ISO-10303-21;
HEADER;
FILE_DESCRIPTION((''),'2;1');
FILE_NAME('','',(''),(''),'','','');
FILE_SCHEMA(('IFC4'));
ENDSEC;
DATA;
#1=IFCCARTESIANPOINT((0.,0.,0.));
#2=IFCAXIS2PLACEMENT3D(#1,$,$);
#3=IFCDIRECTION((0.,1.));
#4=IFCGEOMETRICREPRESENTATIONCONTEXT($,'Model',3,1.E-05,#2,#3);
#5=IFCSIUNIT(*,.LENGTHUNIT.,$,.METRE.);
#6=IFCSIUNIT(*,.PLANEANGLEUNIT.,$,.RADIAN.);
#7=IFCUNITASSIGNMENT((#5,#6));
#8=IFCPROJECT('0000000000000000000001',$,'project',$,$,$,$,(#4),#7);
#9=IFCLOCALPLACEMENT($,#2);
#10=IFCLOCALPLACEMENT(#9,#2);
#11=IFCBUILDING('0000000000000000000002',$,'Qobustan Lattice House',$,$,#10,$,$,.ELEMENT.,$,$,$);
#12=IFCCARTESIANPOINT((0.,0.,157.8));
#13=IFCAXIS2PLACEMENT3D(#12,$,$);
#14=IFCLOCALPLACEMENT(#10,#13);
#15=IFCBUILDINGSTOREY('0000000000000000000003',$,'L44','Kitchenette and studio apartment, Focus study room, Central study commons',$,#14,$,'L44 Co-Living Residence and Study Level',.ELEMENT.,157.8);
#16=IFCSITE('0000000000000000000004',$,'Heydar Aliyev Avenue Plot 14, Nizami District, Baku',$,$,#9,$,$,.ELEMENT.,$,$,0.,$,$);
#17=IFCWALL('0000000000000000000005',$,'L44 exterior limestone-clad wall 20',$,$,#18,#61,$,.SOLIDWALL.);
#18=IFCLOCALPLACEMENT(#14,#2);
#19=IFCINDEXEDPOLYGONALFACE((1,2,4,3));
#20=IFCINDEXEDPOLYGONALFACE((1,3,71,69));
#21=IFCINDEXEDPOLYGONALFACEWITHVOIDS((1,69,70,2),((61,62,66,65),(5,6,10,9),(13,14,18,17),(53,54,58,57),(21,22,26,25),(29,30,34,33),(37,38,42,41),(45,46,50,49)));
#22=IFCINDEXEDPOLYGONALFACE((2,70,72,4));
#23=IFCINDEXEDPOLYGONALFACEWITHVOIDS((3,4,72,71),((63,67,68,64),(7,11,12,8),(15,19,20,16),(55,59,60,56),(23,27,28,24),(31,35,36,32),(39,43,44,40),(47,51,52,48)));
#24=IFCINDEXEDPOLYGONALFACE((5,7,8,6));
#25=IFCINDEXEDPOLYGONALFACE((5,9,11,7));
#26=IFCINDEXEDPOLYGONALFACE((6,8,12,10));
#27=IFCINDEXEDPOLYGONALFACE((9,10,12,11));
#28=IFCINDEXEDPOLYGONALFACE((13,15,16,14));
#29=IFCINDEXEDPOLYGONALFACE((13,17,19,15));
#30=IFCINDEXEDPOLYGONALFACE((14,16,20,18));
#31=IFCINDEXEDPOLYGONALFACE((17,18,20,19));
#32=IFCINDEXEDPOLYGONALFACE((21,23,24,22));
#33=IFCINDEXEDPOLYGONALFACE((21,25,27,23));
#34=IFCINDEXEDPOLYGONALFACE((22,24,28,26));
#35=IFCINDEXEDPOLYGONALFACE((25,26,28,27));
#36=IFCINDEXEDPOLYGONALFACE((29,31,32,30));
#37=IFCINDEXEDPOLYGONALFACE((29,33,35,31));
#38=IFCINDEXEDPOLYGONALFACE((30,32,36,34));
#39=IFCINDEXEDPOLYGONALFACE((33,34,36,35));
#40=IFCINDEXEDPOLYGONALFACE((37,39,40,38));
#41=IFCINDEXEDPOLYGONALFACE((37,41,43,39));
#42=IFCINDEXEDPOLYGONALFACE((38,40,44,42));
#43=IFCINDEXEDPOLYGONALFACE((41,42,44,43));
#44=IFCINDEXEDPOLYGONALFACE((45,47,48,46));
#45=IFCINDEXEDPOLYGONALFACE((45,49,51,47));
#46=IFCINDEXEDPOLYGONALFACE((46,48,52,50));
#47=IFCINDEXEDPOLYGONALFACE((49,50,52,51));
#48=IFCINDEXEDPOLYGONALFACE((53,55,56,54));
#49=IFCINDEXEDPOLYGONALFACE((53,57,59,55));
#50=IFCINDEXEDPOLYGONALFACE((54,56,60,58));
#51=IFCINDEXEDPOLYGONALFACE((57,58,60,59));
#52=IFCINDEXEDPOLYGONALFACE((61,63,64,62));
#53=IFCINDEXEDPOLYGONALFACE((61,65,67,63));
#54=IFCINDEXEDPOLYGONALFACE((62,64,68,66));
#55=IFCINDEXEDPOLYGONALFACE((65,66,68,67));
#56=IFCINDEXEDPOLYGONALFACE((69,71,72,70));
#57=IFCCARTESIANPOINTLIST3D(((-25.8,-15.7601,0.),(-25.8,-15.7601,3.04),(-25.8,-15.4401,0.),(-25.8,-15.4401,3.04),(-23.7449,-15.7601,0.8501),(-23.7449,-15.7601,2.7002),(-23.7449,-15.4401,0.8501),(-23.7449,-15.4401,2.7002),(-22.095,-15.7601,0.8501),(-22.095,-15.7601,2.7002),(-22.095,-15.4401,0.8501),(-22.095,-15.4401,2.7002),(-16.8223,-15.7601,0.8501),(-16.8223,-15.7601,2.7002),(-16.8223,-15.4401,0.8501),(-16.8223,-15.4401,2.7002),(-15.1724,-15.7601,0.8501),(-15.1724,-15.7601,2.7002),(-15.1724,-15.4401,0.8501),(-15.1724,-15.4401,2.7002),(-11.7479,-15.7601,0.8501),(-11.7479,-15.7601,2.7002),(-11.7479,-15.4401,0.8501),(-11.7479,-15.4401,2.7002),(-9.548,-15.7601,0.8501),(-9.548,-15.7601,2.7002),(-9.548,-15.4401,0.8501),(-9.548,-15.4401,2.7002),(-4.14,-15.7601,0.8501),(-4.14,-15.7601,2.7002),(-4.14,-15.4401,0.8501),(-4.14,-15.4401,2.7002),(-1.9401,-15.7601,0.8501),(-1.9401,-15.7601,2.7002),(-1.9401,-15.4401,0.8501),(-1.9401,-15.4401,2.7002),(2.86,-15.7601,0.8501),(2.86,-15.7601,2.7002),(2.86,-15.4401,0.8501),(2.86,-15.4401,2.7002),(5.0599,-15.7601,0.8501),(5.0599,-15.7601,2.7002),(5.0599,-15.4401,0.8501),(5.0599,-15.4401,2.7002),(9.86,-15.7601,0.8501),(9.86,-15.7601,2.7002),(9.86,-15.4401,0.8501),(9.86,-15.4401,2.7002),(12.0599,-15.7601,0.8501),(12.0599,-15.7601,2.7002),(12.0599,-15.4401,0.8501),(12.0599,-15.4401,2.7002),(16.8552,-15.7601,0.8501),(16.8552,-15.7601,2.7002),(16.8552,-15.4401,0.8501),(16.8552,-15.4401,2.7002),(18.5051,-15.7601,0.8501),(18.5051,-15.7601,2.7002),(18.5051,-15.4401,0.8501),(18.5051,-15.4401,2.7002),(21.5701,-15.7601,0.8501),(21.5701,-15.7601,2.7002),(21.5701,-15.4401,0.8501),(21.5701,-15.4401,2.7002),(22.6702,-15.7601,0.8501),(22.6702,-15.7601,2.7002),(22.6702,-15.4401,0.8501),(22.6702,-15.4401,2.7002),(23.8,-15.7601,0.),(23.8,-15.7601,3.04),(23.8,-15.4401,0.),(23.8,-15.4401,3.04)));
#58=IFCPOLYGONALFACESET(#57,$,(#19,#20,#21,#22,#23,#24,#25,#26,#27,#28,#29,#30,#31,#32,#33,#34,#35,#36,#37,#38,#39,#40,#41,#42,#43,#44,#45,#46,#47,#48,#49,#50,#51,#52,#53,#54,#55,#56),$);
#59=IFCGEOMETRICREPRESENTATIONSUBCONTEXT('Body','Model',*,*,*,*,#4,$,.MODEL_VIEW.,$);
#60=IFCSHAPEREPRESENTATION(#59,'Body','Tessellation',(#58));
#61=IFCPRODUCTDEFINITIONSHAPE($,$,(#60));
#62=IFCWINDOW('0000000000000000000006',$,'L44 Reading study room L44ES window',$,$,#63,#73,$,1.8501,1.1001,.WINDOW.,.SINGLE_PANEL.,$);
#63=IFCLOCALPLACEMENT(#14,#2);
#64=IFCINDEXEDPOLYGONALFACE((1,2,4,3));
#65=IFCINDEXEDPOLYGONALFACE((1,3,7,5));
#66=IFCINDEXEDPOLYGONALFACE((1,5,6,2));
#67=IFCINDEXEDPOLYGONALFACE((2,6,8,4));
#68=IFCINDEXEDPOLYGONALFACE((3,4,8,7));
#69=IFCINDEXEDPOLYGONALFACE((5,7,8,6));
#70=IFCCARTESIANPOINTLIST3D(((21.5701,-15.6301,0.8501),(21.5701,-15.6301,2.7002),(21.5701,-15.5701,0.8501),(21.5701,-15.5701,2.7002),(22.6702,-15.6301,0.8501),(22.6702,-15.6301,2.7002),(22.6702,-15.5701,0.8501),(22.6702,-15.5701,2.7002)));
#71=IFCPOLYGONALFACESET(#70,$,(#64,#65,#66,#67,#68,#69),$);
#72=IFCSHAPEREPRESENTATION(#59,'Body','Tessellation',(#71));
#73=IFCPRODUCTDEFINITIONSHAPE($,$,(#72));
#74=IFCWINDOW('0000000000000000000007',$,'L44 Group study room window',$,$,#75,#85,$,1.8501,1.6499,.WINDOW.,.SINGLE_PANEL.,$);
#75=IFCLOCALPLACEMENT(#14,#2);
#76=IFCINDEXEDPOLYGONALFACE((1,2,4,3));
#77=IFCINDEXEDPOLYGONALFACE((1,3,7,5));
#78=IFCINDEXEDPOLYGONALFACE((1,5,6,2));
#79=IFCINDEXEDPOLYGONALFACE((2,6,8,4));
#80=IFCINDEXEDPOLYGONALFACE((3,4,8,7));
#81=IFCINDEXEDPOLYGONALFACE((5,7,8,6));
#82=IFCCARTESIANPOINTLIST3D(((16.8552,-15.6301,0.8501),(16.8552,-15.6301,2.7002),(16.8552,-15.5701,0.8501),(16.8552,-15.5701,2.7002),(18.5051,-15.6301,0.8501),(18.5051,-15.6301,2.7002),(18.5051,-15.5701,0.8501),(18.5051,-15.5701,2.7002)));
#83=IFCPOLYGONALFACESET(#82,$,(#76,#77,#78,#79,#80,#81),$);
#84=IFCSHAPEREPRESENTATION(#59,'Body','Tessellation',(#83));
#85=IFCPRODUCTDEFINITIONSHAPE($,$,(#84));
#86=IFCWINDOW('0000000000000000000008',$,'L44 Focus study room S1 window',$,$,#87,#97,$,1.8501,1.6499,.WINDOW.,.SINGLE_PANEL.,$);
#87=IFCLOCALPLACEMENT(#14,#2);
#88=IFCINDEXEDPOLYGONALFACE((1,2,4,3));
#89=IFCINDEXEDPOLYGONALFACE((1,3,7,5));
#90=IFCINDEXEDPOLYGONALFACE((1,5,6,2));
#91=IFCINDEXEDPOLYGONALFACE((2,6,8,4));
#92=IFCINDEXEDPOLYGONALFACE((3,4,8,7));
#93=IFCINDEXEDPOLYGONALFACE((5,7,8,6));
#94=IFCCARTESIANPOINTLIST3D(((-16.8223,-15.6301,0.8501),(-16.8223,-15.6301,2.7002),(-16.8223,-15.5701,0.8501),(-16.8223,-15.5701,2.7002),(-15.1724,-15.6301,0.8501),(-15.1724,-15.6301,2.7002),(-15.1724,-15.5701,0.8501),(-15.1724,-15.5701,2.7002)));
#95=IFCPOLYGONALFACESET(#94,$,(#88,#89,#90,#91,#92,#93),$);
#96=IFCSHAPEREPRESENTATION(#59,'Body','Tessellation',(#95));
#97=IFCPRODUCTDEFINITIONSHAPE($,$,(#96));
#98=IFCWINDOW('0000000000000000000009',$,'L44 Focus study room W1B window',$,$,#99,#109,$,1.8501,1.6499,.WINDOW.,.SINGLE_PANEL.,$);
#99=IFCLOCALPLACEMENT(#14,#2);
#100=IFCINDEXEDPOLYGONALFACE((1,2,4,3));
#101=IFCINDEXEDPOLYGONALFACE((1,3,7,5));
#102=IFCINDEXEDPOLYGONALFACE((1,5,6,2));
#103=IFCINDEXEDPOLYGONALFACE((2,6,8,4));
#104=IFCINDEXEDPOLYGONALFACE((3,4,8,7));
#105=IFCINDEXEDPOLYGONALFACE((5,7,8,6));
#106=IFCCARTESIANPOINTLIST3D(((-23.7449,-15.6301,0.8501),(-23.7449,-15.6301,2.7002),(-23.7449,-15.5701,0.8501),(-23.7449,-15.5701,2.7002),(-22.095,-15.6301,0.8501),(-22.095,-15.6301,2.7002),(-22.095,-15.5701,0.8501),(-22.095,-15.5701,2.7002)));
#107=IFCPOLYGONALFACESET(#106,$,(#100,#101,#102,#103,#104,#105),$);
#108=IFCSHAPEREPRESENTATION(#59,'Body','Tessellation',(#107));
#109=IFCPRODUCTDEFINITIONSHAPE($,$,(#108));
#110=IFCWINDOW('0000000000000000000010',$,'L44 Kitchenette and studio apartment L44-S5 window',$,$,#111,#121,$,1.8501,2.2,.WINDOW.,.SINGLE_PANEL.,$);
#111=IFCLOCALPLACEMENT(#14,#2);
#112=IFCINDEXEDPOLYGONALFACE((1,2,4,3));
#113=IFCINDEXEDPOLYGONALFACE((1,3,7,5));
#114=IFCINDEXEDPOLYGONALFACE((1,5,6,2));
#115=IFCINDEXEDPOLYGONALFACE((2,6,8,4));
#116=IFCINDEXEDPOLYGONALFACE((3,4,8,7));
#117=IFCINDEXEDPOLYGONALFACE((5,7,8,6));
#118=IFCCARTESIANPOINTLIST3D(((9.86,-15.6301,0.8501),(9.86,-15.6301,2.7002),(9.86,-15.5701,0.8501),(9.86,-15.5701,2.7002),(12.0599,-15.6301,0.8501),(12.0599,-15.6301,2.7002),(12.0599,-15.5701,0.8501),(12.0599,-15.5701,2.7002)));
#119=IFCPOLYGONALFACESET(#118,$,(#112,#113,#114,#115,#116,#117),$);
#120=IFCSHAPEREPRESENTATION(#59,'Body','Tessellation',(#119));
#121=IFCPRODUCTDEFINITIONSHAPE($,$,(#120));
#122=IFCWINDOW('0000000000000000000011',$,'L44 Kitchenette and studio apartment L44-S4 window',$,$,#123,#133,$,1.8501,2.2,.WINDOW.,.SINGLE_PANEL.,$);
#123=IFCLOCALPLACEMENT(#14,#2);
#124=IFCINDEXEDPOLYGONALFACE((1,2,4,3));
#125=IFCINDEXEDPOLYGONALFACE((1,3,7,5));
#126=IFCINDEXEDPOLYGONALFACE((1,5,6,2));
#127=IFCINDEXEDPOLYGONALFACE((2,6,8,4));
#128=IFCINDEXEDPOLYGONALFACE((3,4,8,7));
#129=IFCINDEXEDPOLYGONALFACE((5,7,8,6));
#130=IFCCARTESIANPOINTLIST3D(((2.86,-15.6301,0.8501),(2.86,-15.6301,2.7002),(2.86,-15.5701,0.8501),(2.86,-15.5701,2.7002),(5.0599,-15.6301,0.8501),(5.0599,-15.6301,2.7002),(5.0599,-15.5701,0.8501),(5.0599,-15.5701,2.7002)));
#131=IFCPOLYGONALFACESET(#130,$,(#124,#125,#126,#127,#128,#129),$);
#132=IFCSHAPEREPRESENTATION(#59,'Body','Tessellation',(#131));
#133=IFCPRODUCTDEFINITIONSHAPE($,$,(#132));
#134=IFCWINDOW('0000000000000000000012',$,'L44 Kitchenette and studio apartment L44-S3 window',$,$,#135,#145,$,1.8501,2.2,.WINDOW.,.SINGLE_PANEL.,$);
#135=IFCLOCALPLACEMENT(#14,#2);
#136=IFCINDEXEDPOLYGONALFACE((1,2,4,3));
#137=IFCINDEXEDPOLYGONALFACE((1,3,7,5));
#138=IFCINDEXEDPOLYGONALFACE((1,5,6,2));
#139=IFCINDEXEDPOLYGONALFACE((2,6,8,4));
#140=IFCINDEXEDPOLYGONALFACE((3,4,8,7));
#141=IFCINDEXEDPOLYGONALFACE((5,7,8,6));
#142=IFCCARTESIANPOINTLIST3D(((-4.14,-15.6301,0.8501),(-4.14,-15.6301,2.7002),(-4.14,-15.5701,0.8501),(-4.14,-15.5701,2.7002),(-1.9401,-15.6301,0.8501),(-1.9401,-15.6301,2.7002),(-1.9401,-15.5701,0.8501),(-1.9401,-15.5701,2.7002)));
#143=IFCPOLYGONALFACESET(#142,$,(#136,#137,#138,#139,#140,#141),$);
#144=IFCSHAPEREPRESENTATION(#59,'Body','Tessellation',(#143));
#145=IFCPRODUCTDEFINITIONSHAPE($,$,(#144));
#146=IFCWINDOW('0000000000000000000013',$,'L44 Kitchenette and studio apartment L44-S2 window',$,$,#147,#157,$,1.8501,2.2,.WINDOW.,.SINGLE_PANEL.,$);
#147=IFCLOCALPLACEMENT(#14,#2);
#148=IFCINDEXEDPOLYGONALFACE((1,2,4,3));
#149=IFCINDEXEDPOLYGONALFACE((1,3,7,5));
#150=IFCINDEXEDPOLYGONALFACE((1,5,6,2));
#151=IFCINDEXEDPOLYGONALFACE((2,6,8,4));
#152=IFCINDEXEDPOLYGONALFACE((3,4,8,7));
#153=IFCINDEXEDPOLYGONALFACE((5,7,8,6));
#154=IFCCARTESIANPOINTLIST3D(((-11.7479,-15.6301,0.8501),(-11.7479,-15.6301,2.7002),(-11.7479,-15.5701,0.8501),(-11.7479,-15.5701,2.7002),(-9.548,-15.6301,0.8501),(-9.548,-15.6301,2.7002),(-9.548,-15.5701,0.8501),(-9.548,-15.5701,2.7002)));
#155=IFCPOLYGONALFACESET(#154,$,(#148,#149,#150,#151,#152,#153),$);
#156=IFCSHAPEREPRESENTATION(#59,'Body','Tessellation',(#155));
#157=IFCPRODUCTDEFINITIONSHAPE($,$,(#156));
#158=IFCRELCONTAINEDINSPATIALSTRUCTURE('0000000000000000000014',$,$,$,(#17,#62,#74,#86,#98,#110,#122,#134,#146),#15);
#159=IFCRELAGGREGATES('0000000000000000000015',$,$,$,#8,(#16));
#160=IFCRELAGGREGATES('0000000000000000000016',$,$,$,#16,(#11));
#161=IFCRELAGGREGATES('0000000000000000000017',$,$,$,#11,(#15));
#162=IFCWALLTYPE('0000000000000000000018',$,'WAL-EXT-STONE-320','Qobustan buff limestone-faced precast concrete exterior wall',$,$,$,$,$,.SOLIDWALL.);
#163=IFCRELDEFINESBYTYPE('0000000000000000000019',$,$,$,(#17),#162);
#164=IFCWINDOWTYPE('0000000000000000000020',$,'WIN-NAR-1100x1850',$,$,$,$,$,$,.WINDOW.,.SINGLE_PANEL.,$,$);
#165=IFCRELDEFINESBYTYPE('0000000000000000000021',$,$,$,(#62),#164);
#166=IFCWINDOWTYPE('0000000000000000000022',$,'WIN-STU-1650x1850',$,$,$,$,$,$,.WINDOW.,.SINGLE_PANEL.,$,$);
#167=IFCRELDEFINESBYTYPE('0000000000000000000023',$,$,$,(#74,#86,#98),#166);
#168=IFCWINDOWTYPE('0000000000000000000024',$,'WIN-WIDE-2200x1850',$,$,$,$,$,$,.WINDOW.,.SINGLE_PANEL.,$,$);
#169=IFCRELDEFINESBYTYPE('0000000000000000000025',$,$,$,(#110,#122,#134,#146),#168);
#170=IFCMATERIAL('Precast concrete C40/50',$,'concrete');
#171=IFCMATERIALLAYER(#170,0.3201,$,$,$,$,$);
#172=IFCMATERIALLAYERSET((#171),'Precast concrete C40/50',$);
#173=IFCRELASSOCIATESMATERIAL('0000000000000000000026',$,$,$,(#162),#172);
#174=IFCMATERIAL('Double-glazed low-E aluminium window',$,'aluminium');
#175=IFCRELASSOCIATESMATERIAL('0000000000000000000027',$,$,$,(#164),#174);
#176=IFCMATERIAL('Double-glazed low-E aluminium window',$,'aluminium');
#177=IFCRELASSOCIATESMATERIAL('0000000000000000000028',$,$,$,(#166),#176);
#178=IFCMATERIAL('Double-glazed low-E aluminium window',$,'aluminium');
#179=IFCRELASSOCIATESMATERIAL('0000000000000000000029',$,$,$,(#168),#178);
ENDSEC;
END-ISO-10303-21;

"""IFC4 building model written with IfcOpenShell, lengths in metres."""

from ifc_helpers import new_model, si_unit, direction, frame, frame_2d, origin, place, context, subcontext, project, spatial, rectangle, extrude, material, layer, layer_set, type_object, element, fill, save


model = new_model("IFC4")

# Units and contexts
model_context = context("Model", 3, precision=1e-05, world=origin(), true_north=direction((0.0, 1.0)))
body_context = subcontext(model_context, "Body", "Model", "MODEL_VIEW")
ifc_project = project(units=[si_unit("LENGTHUNIT", "METRE"), si_unit("PLANEANGLEUNIT", "RADIAN")], contexts=[model_context])

# Site, building, storey
site_placement = place(None, origin())
site = spatial("IfcSite", under=ifc_project, at=site_placement, Name="Heydar Aliyev Avenue Plot 14, Nizami District, Baku", CompositionType="ELEMENT", RefElevation=0.0)
building_placement = place(site_placement, origin())
building = spatial("IfcBuilding", under=site, at=building_placement, Name="Qobustan Lattice House", CompositionType="ELEMENT")
storey_placement = place(building_placement, frame((0.0, 0.0, 157.8)))
storey = spatial("IfcBuildingStorey", under=building, at=storey_placement, Name="L44", Description="Kitchenette and studio apartment, Focus study room, Central study commons", LongName="L44 Co-Living Residence and Study Level", CompositionType="ELEMENT", Elevation=157.8)

# Shared definitions
ifc_material_1 = material(Name="Precast concrete C40/50", Category="concrete")
ifc_layer_1 = layer(ifc_material_1, 0.3201)
ifc_layer_set_1 = layer_set([ifc_layer_1], Name="Precast concrete C40/50")
wall_type_1 = type_object("IfcWallType", Name="WAL-EXT-STONE-320", Description="Qobustan buff limestone-faced precast concrete exterior wall", PredefinedType="SOLIDWALL", material=ifc_layer_set_1)

# Wall, openings, windows
wall_1_placement = place(storey_placement, frame((23.8, -15.6001, 0.0), z_axis=(0.0, 0.0, 1.0), x_axis=(-1.0, 0.0, 0.0)))
wall_1 = element("IfcWall", 1, at=wall_1_placement, inside=storey, type_object=wall_type_1, Name="L44 exterior limestone-clad wall 20", PredefinedType="SOLIDWALL", context=body_context, shape_type="SweptSolid", body=[
    extrude(rectangle(XDim=49.6001, YDim=0.3201, at=frame_2d((24.8, 0.0))), origin(), (0.0, 0.0, 1.0), 3.04),
])
opening_1_placement = place(wall_1_placement, frame((1.1299, 0.0, 0.8501)))
opening_1 = element("IfcOpeningElement", 2, at=opening_1_placement, cuts=wall_1, PredefinedType="OPENING", context=body_context, shape_type="SweptSolid", body=[
    extrude(rectangle(XDim=1.1001, YDim=1.8501, at=frame_2d((0.55, 0.925))), frame((0.0, 0.1699, 0.0), z_axis=(0.0, -1.0, 0.0), x_axis=(1.0, 0.0, 0.0)), (0.0, 0.0, 1.0), 0.3401),
])
opening_2_placement = place(wall_1_placement, frame((5.2949, 0.0, 0.8501)))
opening_2 = element("IfcOpeningElement", 3, at=opening_2_placement, cuts=wall_1, PredefinedType="OPENING", context=body_context, shape_type="SweptSolid", body=[
    extrude(rectangle(XDim=1.6499, YDim=1.8501, at=frame_2d((0.825, 0.925))), frame((0.0, 0.1699, 0.0), z_axis=(0.0, -1.0, 0.0), x_axis=(1.0, 0.0, 0.0)), (0.0, 0.0, 1.0), 0.3401),
])
opening_3_placement = place(wall_1_placement, frame((11.74, 0.0, 0.8501)))
opening_3 = element("IfcOpeningElement", 4, at=opening_3_placement, cuts=wall_1, PredefinedType="OPENING", context=body_context, shape_type="SweptSolid", body=[
    extrude(rectangle(XDim=2.2, YDim=1.8501, at=frame_2d((1.1001, 0.925))), frame((0.0, 0.1699, 0.0), z_axis=(0.0, -1.0, 0.0), x_axis=(1.0, 0.0, 0.0)), (0.0, 0.0, 1.0), 0.3401),
])
opening_4_placement = place(wall_1_placement, frame((18.74, 0.0, 0.8501)))
opening_4 = element("IfcOpeningElement", 5, at=opening_4_placement, cuts=wall_1, PredefinedType="OPENING", context=body_context, shape_type="SweptSolid", body=[
    extrude(rectangle(XDim=2.2, YDim=1.8501, at=frame_2d((1.1001, 0.925))), frame((0.0, 0.1699, 0.0), z_axis=(0.0, -1.0, 0.0), x_axis=(1.0, 0.0, 0.0)), (0.0, 0.0, 1.0), 0.3401),
])
opening_5_placement = place(wall_1_placement, frame((25.74, 0.0, 0.8501)))
opening_5 = element("IfcOpeningElement", 6, at=opening_5_placement, cuts=wall_1, PredefinedType="OPENING", context=body_context, shape_type="SweptSolid", body=[
    extrude(rectangle(XDim=2.2, YDim=1.8501, at=frame_2d((1.1001, 0.925))), frame((0.0, 0.1699, 0.0), z_axis=(0.0, -1.0, 0.0), x_axis=(1.0, 0.0, 0.0)), (0.0, 0.0, 1.0), 0.3401),
])
opening_6_placement = place(wall_1_placement, frame((33.3479, 0.0, 0.8501)))
opening_6 = element("IfcOpeningElement", 7, at=opening_6_placement, cuts=wall_1, PredefinedType="OPENING", context=body_context, shape_type="SweptSolid", body=[
    extrude(rectangle(XDim=2.2, YDim=1.8501, at=frame_2d((1.1001, 0.925))), frame((0.0, 0.1699, 0.0), z_axis=(0.0, -1.0, 0.0), x_axis=(1.0, 0.0, 0.0)), (0.0, 0.0, 1.0), 0.3401),
])
opening_7_placement = place(wall_1_placement, frame((38.9724, 0.0, 0.8501)))
opening_7 = element("IfcOpeningElement", 8, at=opening_7_placement, cuts=wall_1, PredefinedType="OPENING", context=body_context, shape_type="SweptSolid", body=[
    extrude(rectangle(XDim=1.6499, YDim=1.8501, at=frame_2d((0.825, 0.925))), frame((0.0, 0.1699, 0.0), z_axis=(0.0, -1.0, 0.0), x_axis=(1.0, 0.0, 0.0)), (0.0, 0.0, 1.0), 0.3401),
])
opening_8_placement = place(wall_1_placement, frame((45.895, 0.0, 0.8501)))
opening_8 = element("IfcOpeningElement", 9, at=opening_8_placement, cuts=wall_1, PredefinedType="OPENING", context=body_context, shape_type="SweptSolid", body=[
    extrude(rectangle(XDim=1.6499, YDim=1.8501, at=frame_2d((0.825, 0.925))), frame((0.0, 0.1699, 0.0), z_axis=(0.0, -1.0, 0.0), x_axis=(1.0, 0.0, 0.0)), (0.0, 0.0, 1.0), 0.3401),
])
ifc_material_2 = material(Name="Double-glazed low-E aluminium window", Category="aluminium")
window_type_1 = type_object("IfcWindowType", Name="WIN-NAR-1100x1850", PartitioningType="SINGLE_PANEL", PredefinedType="WINDOW", material=ifc_material_2)
window_1_placement = place(opening_1_placement, origin())
window_1 = element("IfcWindow", 10, at=window_1_placement, inside=storey, type_object=window_type_1, Name="L44 Reading study room L44ES window", OverallHeight=1.8501, OverallWidth=1.1001, PartitioningType="SINGLE_PANEL", PredefinedType="WINDOW", context=body_context, shape_type="SweptSolid", body=[
    extrude(rectangle(XDim=1.1001, YDim=1.8501, at=frame_2d((0.55, 0.925))), frame((0.0, 0.03, 0.0), z_axis=(0.0, -1.0, 0.0), x_axis=(1.0, 0.0, 0.0)), (0.0, 0.0, 1.0), 0.0601),
])
fill(opening_1, window_1)
ifc_material_3 = material(Name="Double-glazed low-E aluminium window", Category="aluminium")
window_type_2 = type_object("IfcWindowType", Name="WIN-STU-1650x1850", PartitioningType="SINGLE_PANEL", PredefinedType="WINDOW", material=ifc_material_3)
window_2_placement = place(opening_2_placement, origin())
window_2 = element("IfcWindow", 11, at=window_2_placement, inside=storey, type_object=window_type_2, Name="L44 Group study room window", OverallHeight=1.8501, OverallWidth=1.6499, PartitioningType="SINGLE_PANEL", PredefinedType="WINDOW", context=body_context, shape_type="SweptSolid", body=[
    extrude(rectangle(XDim=1.6499, YDim=1.8501, at=frame_2d((0.825, 0.925))), frame((0.0, 0.03, 0.0), z_axis=(0.0, -1.0, 0.0), x_axis=(1.0, 0.0, 0.0)), (0.0, 0.0, 1.0), 0.0601),
])
fill(opening_2, window_2)
window_3_placement = place(opening_7_placement, origin())
window_3 = element("IfcWindow", 12, at=window_3_placement, inside=storey, type_object=window_type_2, Name="L44 Focus study room S1 window", OverallHeight=1.8501, OverallWidth=1.6499, PartitioningType="SINGLE_PANEL", PredefinedType="WINDOW", context=body_context, shape_type="SweptSolid", body=[
    extrude(rectangle(XDim=1.6499, YDim=1.8501, at=frame_2d((0.825, 0.925))), frame((0.0, 0.03, 0.0), z_axis=(0.0, -1.0, 0.0), x_axis=(1.0, 0.0, 0.0)), (0.0, 0.0, 1.0), 0.0601),
])
fill(opening_7, window_3)
window_4_placement = place(opening_8_placement, origin())
window_4 = element("IfcWindow", 13, at=window_4_placement, inside=storey, type_object=window_type_2, Name="L44 Focus study room W1B window", OverallHeight=1.8501, OverallWidth=1.6499, PartitioningType="SINGLE_PANEL", PredefinedType="WINDOW", context=body_context, shape_type="SweptSolid", body=[
    extrude(rectangle(XDim=1.6499, YDim=1.8501, at=frame_2d((0.825, 0.925))), frame((0.0, 0.03, 0.0), z_axis=(0.0, -1.0, 0.0), x_axis=(1.0, 0.0, 0.0)), (0.0, 0.0, 1.0), 0.0601),
])
fill(opening_8, window_4)
ifc_material_4 = material(Name="Double-glazed low-E aluminium window", Category="aluminium")
window_type_3 = type_object("IfcWindowType", Name="WIN-WIDE-2200x1850", PartitioningType="SINGLE_PANEL", PredefinedType="WINDOW", material=ifc_material_4)
window_5_placement = place(opening_3_placement, origin())
window_5 = element("IfcWindow", 14, at=window_5_placement, inside=storey, type_object=window_type_3, Name="L44 Kitchenette and studio apartment L44-S5 window", OverallHeight=1.8501, OverallWidth=2.2, PartitioningType="SINGLE_PANEL", PredefinedType="WINDOW", context=body_context, shape_type="SweptSolid", body=[
    extrude(rectangle(XDim=2.2, YDim=1.8501, at=frame_2d((1.1001, 0.925))), frame((0.0, 0.03, 0.0), z_axis=(0.0, -1.0, 0.0), x_axis=(1.0, 0.0, 0.0)), (0.0, 0.0, 1.0), 0.0601),
])
fill(opening_3, window_5)
window_6_placement = place(opening_4_placement, origin())
window_6 = element("IfcWindow", 15, at=window_6_placement, inside=storey, type_object=window_type_3, Name="L44 Kitchenette and studio apartment L44-S4 window", OverallHeight=1.8501, OverallWidth=2.2, PartitioningType="SINGLE_PANEL", PredefinedType="WINDOW", context=body_context, shape_type="SweptSolid", body=[
    extrude(rectangle(XDim=2.2, YDim=1.8501, at=frame_2d((1.1001, 0.925))), frame((0.0, 0.03, 0.0), z_axis=(0.0, -1.0, 0.0), x_axis=(1.0, 0.0, 0.0)), (0.0, 0.0, 1.0), 0.0601),
])
fill(opening_4, window_6)
window_7_placement = place(opening_5_placement, origin())
window_7 = element("IfcWindow", 16, at=window_7_placement, inside=storey, type_object=window_type_3, Name="L44 Kitchenette and studio apartment L44-S3 window", OverallHeight=1.8501, OverallWidth=2.2, PartitioningType="SINGLE_PANEL", PredefinedType="WINDOW", context=body_context, shape_type="SweptSolid", body=[
    extrude(rectangle(XDim=2.2, YDim=1.8501, at=frame_2d((1.1001, 0.925))), frame((0.0, 0.03, 0.0), z_axis=(0.0, -1.0, 0.0), x_axis=(1.0, 0.0, 0.0)), (0.0, 0.0, 1.0), 0.0601),
])
fill(opening_5, window_7)
window_8_placement = place(opening_6_placement, origin())
window_8 = element("IfcWindow", 17, at=window_8_placement, inside=storey, type_object=window_type_3, Name="L44 Kitchenette and studio apartment L44-S2 window", OverallHeight=1.8501, OverallWidth=2.2, PartitioningType="SINGLE_PANEL", PredefinedType="WINDOW", context=body_context, shape_type="SweptSolid", body=[
    extrude(rectangle(XDim=2.2, YDim=1.8501, at=frame_2d((1.1001, 0.925))), frame((0.0, 0.03, 0.0), z_axis=(0.0, -1.0, 0.0), x_axis=(1.0, 0.0, 0.0)), (0.0, 0.0, 1.0), 0.0601),
])
fill(opening_6, window_8)

save(model, "model.ifc")
